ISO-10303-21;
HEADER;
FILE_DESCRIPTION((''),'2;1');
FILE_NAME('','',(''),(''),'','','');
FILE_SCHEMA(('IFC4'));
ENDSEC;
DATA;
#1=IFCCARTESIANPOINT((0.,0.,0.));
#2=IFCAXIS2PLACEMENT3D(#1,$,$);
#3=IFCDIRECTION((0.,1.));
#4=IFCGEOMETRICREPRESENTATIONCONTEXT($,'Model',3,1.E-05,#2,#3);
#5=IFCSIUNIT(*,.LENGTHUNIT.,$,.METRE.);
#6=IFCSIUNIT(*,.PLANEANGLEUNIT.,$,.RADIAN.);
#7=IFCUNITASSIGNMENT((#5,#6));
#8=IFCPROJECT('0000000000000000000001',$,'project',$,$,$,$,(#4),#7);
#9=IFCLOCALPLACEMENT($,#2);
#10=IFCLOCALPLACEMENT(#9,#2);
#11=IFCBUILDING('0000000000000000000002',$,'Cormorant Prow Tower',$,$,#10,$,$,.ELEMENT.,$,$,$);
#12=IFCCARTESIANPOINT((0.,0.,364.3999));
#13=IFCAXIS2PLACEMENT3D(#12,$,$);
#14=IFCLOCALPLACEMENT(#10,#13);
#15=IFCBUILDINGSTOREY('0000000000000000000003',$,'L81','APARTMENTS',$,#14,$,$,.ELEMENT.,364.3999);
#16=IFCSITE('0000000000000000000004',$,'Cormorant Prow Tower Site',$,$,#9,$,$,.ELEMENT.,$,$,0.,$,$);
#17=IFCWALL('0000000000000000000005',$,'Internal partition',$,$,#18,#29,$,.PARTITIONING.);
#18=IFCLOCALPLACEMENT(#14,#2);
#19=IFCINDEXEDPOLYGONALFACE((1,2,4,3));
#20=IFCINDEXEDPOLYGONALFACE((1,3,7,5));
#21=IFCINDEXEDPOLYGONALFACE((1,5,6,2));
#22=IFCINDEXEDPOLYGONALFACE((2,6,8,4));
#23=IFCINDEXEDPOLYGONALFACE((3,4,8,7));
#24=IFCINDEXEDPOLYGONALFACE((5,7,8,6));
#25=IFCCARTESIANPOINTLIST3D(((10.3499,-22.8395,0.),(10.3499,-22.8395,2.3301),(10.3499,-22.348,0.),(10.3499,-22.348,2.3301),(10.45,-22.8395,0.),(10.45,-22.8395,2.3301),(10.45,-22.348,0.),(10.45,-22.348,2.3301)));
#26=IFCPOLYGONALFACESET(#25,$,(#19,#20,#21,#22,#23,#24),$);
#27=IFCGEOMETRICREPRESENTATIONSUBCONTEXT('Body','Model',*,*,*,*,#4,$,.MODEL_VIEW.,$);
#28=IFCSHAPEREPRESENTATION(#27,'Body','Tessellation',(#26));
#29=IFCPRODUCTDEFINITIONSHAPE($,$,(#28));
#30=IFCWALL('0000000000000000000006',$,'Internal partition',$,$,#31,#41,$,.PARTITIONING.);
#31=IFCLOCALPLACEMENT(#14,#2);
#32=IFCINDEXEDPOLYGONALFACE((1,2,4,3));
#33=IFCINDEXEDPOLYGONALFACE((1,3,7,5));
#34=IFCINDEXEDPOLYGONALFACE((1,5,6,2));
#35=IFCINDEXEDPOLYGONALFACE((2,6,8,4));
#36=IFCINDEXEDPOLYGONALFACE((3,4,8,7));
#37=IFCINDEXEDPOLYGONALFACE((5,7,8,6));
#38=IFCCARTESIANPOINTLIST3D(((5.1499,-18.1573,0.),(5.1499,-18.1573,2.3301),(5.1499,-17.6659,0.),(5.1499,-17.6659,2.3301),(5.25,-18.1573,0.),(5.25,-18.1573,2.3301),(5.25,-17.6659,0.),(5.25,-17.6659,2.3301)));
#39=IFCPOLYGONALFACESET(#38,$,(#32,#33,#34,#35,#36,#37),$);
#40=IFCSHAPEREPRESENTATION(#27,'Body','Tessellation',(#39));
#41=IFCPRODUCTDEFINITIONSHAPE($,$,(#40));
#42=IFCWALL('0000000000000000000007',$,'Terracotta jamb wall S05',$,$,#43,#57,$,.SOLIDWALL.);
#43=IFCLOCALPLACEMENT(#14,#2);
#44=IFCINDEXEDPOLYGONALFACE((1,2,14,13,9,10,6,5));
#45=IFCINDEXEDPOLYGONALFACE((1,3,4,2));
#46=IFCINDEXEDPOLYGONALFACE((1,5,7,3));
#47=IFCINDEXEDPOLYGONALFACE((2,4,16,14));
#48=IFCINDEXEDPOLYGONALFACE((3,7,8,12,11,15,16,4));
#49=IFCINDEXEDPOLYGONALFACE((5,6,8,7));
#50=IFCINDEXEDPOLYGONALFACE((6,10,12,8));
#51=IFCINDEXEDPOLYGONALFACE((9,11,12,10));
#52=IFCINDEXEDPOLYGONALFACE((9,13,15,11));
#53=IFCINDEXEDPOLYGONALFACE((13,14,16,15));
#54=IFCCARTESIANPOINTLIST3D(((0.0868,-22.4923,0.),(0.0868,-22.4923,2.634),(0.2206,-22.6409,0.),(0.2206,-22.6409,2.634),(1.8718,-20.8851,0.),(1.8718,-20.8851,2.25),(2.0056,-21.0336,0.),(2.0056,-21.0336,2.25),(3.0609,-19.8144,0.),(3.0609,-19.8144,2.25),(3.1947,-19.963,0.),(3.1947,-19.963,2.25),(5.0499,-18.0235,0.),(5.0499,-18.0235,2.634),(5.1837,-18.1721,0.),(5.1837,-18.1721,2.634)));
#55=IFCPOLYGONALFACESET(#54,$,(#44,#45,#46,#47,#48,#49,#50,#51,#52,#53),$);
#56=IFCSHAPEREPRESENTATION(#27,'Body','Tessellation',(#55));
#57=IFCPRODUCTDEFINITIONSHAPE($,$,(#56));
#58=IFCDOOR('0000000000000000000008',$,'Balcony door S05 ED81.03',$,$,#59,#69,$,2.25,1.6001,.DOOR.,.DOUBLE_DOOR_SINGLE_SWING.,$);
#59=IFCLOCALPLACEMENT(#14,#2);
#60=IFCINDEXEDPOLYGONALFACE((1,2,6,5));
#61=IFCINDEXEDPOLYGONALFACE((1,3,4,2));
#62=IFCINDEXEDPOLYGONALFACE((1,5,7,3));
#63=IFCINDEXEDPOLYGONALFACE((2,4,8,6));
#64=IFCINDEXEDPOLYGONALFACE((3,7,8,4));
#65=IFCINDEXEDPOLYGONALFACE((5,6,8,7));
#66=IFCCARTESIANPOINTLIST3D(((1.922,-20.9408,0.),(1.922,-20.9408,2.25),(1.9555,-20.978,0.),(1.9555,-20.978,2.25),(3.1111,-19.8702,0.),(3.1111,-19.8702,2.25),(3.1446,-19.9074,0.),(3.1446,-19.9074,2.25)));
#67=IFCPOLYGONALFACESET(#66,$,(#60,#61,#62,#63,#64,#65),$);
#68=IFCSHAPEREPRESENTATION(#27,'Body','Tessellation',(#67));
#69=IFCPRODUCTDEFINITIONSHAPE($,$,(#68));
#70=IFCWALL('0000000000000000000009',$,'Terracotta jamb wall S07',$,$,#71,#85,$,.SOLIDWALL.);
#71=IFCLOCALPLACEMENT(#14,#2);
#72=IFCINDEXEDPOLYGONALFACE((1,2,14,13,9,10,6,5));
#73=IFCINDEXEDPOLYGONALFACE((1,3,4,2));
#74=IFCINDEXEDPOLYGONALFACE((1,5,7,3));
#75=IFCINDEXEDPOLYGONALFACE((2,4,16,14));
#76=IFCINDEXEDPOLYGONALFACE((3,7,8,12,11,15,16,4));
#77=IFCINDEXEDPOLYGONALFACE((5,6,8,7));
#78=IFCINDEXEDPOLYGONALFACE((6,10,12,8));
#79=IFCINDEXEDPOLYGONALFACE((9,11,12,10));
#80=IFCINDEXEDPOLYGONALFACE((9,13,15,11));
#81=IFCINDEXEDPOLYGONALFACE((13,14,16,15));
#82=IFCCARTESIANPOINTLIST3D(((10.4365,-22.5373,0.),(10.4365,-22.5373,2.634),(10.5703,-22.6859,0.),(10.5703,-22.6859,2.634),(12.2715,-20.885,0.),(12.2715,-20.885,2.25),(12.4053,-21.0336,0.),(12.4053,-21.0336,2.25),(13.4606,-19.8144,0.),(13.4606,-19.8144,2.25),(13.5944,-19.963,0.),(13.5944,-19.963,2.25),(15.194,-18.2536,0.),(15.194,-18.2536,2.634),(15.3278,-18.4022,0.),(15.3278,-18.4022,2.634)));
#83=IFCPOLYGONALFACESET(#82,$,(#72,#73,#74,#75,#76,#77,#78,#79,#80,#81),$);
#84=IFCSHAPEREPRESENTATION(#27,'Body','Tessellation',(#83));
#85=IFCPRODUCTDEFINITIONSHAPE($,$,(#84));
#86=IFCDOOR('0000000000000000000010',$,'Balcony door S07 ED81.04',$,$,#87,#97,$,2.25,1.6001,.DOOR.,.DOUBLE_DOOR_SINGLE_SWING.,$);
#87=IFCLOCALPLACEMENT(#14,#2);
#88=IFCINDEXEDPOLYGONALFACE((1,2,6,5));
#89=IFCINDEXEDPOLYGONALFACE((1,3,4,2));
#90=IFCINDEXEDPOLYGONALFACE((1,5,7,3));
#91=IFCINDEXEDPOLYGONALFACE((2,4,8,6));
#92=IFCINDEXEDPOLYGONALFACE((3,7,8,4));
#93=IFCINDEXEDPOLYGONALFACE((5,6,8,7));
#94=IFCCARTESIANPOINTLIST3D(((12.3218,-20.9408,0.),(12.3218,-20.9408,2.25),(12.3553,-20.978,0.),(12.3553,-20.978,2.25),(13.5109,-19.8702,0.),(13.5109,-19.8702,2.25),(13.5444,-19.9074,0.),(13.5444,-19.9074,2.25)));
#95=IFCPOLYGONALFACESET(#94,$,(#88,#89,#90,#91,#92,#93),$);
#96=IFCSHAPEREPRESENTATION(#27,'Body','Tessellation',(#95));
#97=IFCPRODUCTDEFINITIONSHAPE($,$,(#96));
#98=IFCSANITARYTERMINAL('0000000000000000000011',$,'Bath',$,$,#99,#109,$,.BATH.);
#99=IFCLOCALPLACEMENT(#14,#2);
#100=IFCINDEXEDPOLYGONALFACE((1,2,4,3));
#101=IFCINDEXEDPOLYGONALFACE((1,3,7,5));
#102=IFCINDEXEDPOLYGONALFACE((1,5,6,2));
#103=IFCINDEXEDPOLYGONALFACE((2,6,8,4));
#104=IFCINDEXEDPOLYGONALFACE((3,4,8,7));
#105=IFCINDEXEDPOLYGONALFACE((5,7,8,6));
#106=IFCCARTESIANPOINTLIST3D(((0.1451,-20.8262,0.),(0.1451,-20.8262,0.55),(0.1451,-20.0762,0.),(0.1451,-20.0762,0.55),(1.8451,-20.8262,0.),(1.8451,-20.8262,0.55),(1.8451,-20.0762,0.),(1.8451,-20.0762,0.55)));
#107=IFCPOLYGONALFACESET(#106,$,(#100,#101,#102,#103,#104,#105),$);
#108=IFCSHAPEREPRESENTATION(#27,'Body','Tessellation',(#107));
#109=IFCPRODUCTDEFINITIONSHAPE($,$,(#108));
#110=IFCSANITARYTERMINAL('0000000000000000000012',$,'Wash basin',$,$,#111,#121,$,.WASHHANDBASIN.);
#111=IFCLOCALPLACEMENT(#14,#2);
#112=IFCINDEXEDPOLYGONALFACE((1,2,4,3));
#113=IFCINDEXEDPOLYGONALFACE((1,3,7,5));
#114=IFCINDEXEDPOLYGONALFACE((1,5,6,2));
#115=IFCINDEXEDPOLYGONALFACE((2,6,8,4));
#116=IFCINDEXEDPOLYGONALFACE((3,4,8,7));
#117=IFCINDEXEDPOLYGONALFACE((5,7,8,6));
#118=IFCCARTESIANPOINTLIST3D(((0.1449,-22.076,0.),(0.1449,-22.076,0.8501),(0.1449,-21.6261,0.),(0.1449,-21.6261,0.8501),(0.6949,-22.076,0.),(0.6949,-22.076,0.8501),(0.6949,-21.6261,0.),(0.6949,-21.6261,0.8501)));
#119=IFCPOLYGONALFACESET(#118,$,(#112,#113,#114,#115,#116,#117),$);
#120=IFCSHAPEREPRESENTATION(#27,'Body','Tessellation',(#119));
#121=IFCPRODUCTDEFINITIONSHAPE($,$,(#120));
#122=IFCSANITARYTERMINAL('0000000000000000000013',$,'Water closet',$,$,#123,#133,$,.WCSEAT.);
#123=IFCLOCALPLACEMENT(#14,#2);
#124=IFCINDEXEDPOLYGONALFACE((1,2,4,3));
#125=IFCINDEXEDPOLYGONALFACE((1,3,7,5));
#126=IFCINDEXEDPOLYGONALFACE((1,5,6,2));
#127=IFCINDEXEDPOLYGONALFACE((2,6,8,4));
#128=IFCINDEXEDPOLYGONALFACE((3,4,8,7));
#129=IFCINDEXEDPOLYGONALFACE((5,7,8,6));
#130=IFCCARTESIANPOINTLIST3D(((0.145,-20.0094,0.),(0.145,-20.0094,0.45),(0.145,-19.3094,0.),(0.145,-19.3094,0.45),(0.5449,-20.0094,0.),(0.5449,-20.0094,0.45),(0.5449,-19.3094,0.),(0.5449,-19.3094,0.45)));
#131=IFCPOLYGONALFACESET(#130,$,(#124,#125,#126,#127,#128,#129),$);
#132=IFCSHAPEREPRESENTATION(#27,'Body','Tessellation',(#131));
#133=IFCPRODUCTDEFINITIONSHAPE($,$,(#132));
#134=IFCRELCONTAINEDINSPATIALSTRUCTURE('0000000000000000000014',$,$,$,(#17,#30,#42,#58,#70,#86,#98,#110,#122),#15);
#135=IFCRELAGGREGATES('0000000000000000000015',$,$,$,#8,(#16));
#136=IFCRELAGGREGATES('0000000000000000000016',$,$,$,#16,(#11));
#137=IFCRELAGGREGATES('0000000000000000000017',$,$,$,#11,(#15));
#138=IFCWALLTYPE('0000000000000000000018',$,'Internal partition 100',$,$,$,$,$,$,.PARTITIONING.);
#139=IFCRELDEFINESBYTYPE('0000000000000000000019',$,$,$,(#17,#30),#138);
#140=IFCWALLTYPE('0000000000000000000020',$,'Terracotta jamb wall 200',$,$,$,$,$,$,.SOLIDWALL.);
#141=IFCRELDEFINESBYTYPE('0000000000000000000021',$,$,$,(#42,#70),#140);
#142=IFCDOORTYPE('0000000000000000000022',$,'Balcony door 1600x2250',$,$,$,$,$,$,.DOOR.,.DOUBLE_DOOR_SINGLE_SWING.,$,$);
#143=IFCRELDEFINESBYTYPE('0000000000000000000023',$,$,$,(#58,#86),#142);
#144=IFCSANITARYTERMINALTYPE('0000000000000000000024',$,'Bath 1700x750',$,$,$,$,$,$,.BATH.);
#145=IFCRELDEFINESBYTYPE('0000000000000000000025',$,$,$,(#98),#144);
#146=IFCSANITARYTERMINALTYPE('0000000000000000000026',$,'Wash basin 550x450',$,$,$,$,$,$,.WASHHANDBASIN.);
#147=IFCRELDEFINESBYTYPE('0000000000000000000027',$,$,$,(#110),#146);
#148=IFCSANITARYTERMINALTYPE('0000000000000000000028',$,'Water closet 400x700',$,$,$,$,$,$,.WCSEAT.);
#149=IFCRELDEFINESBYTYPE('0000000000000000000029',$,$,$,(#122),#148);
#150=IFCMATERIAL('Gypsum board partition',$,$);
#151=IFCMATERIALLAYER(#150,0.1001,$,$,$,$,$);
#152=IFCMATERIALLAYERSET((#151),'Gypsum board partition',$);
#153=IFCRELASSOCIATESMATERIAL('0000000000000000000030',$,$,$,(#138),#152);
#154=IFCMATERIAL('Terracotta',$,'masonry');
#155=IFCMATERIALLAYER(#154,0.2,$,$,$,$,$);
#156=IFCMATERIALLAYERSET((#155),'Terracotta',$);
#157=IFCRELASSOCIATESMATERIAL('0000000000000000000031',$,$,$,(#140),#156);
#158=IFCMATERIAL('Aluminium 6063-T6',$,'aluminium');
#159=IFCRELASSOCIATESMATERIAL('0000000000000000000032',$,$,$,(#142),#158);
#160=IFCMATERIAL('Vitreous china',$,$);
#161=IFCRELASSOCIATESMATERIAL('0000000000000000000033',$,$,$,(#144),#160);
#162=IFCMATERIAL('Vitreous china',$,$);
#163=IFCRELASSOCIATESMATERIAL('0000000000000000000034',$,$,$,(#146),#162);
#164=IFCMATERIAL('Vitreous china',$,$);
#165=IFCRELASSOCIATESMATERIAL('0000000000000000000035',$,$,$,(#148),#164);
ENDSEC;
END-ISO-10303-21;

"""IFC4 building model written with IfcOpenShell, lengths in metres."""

from ifc_helpers import new_model, si_unit, direction, frame, frame_2d, origin, origin_2d, place, context, subcontext, project, spatial, rectangle, extrude, material, layer, layer_set, type_object, element, fill, save


model = new_model("IFC4")

# Units and contexts
model_context = context("Model", 3, precision=1e-05, world=origin(), true_north=direction((0.0, 1.0)))
body_context = subcontext(model_context, "Body", "Model", "MODEL_VIEW")
ifc_project = project(units=[si_unit("LENGTHUNIT", "METRE"), si_unit("PLANEANGLEUNIT", "RADIAN")], contexts=[model_context])

# Site, building, storey
site_placement = place(None, origin())
site = spatial("IfcSite", under=ifc_project, at=site_placement, Name="Cormorant Prow Tower Site", CompositionType="ELEMENT", RefElevation=0.0)
building_placement = place(site_placement, origin())
building = spatial("IfcBuilding", under=site, at=building_placement, Name="Cormorant Prow Tower", CompositionType="ELEMENT")
storey_placement = place(building_placement, frame((0.0, 0.0, 364.3999)))
storey = spatial("IfcBuildingStorey", under=building, at=storey_placement, Name="L81", Description="APARTMENTS", CompositionType="ELEMENT", Elevation=364.3999)

# Shared definitions
ifc_material_1 = material(Name="Gypsum board partition")
ifc_layer_1 = layer(ifc_material_1, 0.1001)
ifc_layer_set_1 = layer_set([ifc_layer_1], Name="Gypsum board partition")
wall_type_1 = type_object("IfcWallType", Name="Internal partition 100", PredefinedType="PARTITIONING", material=ifc_layer_set_1)

# Walls
for number, where, z_axis, x_axis, name in (
    (1, (10.3999, -22.8394, 0.0), (0.0, 0.0, 1.0), (0.0, 1.0, 0.0), "Internal partition"),
    (2, (5.2, -18.1572, 0.0), (0.0, 0.0, 1.0), (0.0, 1.0, 0.0), "Internal partition"),
):
    element("IfcWall", number, at=place(storey_placement, frame(where, z_axis=z_axis, x_axis=x_axis)), inside=storey, type_object=wall_type_1, Name=name, PredefinedType="PARTITIONING", context=body_context, shape_type="SweptSolid", body=[
        extrude(rectangle(XDim=0.4915, YDim=0.1001, at=frame_2d((0.2456, 0.0))), origin(), (0.0, 0.0, 1.0), 2.3301),
    ])

# Walls, openings, doors
ifc_material_2 = material(Name="Terracotta", Category="masonry")
ifc_layer_2 = layer(ifc_material_2, 0.2)
ifc_layer_set_2 = layer_set([ifc_layer_2], Name="Terracotta")
wall_type_2 = type_object("IfcWallType", Name="Terracotta jamb wall 200", PredefinedType="SOLIDWALL", material=ifc_layer_set_2)
wall_1_placement = place(storey_placement, frame((0.1536, -22.5667, 0.0), z_axis=(0.0, 0.0, 1.0), x_axis=(0.743151, 0.669124, 0.0)))
wall_1 = element("IfcWall", 3, at=wall_1_placement, inside=storey, type_object=wall_type_2, Name="Terracotta jamb wall S05", PredefinedType="SOLIDWALL", context=body_context, shape_type="SweptSolid", body=[
    extrude(rectangle(XDim=6.6785, YDim=0.2, at=frame_2d((3.3394, 0.0))), origin(), (0.0, 0.0, 1.0), 2.634),
])
opening_1_placement = place(wall_1_placement, frame((2.4021, 0.0, 0.0)))
opening_1 = element("IfcOpeningElement", 4, at=opening_1_placement, cuts=wall_1, PredefinedType="OPENING", context=body_context, shape_type="SweptSolid", body=[
    extrude(rectangle(XDim=1.6001, YDim=2.25, at=frame_2d((0.8, 1.125))), frame((0.0, 0.1099, 0.0), z_axis=(0.0, -1.0, 0.0), x_axis=(1.0, 0.0, 0.0)), (0.0, 0.0, 1.0), 0.22),
])
ifc_material_3 = material(Name="Aluminium 6063-T6", Category="aluminium")
door_type_1 = type_object("IfcDoorType", Name="Balcony door 1600x2250", OperationType="DOUBLE_DOOR_SINGLE_SWING", PredefinedType="DOOR", material=ifc_material_3)
door_1_placement = place(opening_1_placement, origin())
door_1 = element("IfcDoor", 5, at=door_1_placement, inside=storey, type_object=door_type_1, Name="Balcony door S05 ED81.03", OperationType="DOUBLE_DOOR_SINGLE_SWING", OverallHeight=2.25, OverallWidth=1.6001, PredefinedType="DOOR", context=body_context, shape_type="SweptSolid", body=[
    extrude(rectangle(XDim=1.6001, YDim=2.25, at=frame_2d((0.8, 1.125))), frame((0.0, 0.0249, 0.0), z_axis=(0.0, -1.0, 0.0), x_axis=(1.0, 0.0, 0.0)), (0.0, 0.0, 1.0), 0.05),
])
fill(opening_1, door_1)
wall_2_placement = place(storey_placement, frame((10.5034, -22.6116, 0.0), z_axis=(0.0, 0.0, 1.0), x_axis=(0.743148, 0.669127, 0.0)))
wall_2 = element("IfcWall", 6, at=wall_2_placement, inside=storey, type_object=wall_type_2, Name="Terracotta jamb wall S07", PredefinedType="SOLIDWALL", context=body_context, shape_type="SweptSolid", body=[
    extrude(rectangle(XDim=6.4019, YDim=0.2, at=frame_2d((3.2009, 0.0))), origin(), (0.0, 0.0, 1.0), 2.634),
])
opening_2_placement = place(wall_2_placement, frame((2.4692, 0.0, 0.0)))
opening_2 = element("IfcOpeningElement", 7, at=opening_2_placement, cuts=wall_2, PredefinedType="OPENING", context=body_context, shape_type="SweptSolid", body=[
    extrude(rectangle(XDim=1.6001, YDim=2.25, at=frame_2d((0.8, 1.125))), frame((0.0, 0.1099, 0.0), z_axis=(0.0, -1.0, 0.0), x_axis=(1.0, 0.0, 0.0)), (0.0, 0.0, 1.0), 0.22),
])
door_2_placement = place(opening_2_placement, origin())
door_2 = element("IfcDoor", 8, at=door_2_placement, inside=storey, type_object=door_type_1, Name="Balcony door S07 ED81.04", OperationType="DOUBLE_DOOR_SINGLE_SWING", OverallHeight=2.25, OverallWidth=1.6001, PredefinedType="DOOR", context=body_context, shape_type="SweptSolid", body=[
    extrude(rectangle(XDim=1.6001, YDim=2.25, at=frame_2d((0.8, 1.125))), frame((0.0, 0.0249, 0.0), z_axis=(0.0, -1.0, 0.0), x_axis=(1.0, 0.0, 0.0)), (0.0, 0.0, 1.0), 0.05),
])
fill(opening_2, door_2)

# Sanitary terminals
ifc_material_4 = material(Name="Vitreous china")
sanitary_terminal_type_1 = type_object("IfcSanitaryTerminalType", Name="Bath 1700x750", PredefinedType="BATH", material=ifc_material_4)
sanitary_terminal_1_placement = place(storey_placement, frame((0.9951, -20.4512, 0.0), z_axis=(0.0, 0.0, 1.0), x_axis=(1.0, 0.0, 0.0)))
element("IfcSanitaryTerminal", 9, at=sanitary_terminal_1_placement, inside=storey, type_object=sanitary_terminal_type_1, Name="Bath", PredefinedType="BATH", context=body_context, shape_type="SweptSolid", body=[
    extrude(rectangle(XDim=1.7, YDim=0.75, at=origin_2d()), origin(), (0.0, 0.0, 1.0), 0.55),
])
ifc_material_5 = material(Name="Vitreous china")
sanitary_terminal_type_2 = type_object("IfcSanitaryTerminalType", Name="Wash basin 550x450", PredefinedType="WASHHANDBASIN", material=ifc_material_5)
sanitary_terminal_2_placement = place(storey_placement, frame((0.4199, -21.8511, 0.0), z_axis=(0.0, 0.0, 1.0), x_axis=(1.0, 0.0, 0.0)))
element("IfcSanitaryTerminal", 10, at=sanitary_terminal_2_placement, inside=storey, type_object=sanitary_terminal_type_2, Name="Wash basin", PredefinedType="WASHHANDBASIN", context=body_context, shape_type="SweptSolid", body=[
    extrude(rectangle(XDim=0.55, YDim=0.45, at=origin_2d()), origin(), (0.0, 0.0, 1.0), 0.8501),
])
ifc_material_6 = material(Name="Vitreous china")
sanitary_terminal_type_3 = type_object("IfcSanitaryTerminalType", Name="Water closet 400x700", PredefinedType="WCSEAT", material=ifc_material_6)
sanitary_terminal_3_placement = place(storey_placement, frame((0.345, -19.6594, 0.0), z_axis=(0.0, 0.0, 1.0), x_axis=(1.0, 0.0, 0.0)))
element("IfcSanitaryTerminal", 11, at=sanitary_terminal_3_placement, inside=storey, type_object=sanitary_terminal_type_3, Name="Water closet", PredefinedType="WCSEAT", context=body_context, shape_type="SweptSolid", body=[
    extrude(rectangle(XDim=0.3999, YDim=0.7, at=origin_2d()), origin(), (0.0, 0.0, 1.0), 0.45),
])

save(model, "model.ifc")
